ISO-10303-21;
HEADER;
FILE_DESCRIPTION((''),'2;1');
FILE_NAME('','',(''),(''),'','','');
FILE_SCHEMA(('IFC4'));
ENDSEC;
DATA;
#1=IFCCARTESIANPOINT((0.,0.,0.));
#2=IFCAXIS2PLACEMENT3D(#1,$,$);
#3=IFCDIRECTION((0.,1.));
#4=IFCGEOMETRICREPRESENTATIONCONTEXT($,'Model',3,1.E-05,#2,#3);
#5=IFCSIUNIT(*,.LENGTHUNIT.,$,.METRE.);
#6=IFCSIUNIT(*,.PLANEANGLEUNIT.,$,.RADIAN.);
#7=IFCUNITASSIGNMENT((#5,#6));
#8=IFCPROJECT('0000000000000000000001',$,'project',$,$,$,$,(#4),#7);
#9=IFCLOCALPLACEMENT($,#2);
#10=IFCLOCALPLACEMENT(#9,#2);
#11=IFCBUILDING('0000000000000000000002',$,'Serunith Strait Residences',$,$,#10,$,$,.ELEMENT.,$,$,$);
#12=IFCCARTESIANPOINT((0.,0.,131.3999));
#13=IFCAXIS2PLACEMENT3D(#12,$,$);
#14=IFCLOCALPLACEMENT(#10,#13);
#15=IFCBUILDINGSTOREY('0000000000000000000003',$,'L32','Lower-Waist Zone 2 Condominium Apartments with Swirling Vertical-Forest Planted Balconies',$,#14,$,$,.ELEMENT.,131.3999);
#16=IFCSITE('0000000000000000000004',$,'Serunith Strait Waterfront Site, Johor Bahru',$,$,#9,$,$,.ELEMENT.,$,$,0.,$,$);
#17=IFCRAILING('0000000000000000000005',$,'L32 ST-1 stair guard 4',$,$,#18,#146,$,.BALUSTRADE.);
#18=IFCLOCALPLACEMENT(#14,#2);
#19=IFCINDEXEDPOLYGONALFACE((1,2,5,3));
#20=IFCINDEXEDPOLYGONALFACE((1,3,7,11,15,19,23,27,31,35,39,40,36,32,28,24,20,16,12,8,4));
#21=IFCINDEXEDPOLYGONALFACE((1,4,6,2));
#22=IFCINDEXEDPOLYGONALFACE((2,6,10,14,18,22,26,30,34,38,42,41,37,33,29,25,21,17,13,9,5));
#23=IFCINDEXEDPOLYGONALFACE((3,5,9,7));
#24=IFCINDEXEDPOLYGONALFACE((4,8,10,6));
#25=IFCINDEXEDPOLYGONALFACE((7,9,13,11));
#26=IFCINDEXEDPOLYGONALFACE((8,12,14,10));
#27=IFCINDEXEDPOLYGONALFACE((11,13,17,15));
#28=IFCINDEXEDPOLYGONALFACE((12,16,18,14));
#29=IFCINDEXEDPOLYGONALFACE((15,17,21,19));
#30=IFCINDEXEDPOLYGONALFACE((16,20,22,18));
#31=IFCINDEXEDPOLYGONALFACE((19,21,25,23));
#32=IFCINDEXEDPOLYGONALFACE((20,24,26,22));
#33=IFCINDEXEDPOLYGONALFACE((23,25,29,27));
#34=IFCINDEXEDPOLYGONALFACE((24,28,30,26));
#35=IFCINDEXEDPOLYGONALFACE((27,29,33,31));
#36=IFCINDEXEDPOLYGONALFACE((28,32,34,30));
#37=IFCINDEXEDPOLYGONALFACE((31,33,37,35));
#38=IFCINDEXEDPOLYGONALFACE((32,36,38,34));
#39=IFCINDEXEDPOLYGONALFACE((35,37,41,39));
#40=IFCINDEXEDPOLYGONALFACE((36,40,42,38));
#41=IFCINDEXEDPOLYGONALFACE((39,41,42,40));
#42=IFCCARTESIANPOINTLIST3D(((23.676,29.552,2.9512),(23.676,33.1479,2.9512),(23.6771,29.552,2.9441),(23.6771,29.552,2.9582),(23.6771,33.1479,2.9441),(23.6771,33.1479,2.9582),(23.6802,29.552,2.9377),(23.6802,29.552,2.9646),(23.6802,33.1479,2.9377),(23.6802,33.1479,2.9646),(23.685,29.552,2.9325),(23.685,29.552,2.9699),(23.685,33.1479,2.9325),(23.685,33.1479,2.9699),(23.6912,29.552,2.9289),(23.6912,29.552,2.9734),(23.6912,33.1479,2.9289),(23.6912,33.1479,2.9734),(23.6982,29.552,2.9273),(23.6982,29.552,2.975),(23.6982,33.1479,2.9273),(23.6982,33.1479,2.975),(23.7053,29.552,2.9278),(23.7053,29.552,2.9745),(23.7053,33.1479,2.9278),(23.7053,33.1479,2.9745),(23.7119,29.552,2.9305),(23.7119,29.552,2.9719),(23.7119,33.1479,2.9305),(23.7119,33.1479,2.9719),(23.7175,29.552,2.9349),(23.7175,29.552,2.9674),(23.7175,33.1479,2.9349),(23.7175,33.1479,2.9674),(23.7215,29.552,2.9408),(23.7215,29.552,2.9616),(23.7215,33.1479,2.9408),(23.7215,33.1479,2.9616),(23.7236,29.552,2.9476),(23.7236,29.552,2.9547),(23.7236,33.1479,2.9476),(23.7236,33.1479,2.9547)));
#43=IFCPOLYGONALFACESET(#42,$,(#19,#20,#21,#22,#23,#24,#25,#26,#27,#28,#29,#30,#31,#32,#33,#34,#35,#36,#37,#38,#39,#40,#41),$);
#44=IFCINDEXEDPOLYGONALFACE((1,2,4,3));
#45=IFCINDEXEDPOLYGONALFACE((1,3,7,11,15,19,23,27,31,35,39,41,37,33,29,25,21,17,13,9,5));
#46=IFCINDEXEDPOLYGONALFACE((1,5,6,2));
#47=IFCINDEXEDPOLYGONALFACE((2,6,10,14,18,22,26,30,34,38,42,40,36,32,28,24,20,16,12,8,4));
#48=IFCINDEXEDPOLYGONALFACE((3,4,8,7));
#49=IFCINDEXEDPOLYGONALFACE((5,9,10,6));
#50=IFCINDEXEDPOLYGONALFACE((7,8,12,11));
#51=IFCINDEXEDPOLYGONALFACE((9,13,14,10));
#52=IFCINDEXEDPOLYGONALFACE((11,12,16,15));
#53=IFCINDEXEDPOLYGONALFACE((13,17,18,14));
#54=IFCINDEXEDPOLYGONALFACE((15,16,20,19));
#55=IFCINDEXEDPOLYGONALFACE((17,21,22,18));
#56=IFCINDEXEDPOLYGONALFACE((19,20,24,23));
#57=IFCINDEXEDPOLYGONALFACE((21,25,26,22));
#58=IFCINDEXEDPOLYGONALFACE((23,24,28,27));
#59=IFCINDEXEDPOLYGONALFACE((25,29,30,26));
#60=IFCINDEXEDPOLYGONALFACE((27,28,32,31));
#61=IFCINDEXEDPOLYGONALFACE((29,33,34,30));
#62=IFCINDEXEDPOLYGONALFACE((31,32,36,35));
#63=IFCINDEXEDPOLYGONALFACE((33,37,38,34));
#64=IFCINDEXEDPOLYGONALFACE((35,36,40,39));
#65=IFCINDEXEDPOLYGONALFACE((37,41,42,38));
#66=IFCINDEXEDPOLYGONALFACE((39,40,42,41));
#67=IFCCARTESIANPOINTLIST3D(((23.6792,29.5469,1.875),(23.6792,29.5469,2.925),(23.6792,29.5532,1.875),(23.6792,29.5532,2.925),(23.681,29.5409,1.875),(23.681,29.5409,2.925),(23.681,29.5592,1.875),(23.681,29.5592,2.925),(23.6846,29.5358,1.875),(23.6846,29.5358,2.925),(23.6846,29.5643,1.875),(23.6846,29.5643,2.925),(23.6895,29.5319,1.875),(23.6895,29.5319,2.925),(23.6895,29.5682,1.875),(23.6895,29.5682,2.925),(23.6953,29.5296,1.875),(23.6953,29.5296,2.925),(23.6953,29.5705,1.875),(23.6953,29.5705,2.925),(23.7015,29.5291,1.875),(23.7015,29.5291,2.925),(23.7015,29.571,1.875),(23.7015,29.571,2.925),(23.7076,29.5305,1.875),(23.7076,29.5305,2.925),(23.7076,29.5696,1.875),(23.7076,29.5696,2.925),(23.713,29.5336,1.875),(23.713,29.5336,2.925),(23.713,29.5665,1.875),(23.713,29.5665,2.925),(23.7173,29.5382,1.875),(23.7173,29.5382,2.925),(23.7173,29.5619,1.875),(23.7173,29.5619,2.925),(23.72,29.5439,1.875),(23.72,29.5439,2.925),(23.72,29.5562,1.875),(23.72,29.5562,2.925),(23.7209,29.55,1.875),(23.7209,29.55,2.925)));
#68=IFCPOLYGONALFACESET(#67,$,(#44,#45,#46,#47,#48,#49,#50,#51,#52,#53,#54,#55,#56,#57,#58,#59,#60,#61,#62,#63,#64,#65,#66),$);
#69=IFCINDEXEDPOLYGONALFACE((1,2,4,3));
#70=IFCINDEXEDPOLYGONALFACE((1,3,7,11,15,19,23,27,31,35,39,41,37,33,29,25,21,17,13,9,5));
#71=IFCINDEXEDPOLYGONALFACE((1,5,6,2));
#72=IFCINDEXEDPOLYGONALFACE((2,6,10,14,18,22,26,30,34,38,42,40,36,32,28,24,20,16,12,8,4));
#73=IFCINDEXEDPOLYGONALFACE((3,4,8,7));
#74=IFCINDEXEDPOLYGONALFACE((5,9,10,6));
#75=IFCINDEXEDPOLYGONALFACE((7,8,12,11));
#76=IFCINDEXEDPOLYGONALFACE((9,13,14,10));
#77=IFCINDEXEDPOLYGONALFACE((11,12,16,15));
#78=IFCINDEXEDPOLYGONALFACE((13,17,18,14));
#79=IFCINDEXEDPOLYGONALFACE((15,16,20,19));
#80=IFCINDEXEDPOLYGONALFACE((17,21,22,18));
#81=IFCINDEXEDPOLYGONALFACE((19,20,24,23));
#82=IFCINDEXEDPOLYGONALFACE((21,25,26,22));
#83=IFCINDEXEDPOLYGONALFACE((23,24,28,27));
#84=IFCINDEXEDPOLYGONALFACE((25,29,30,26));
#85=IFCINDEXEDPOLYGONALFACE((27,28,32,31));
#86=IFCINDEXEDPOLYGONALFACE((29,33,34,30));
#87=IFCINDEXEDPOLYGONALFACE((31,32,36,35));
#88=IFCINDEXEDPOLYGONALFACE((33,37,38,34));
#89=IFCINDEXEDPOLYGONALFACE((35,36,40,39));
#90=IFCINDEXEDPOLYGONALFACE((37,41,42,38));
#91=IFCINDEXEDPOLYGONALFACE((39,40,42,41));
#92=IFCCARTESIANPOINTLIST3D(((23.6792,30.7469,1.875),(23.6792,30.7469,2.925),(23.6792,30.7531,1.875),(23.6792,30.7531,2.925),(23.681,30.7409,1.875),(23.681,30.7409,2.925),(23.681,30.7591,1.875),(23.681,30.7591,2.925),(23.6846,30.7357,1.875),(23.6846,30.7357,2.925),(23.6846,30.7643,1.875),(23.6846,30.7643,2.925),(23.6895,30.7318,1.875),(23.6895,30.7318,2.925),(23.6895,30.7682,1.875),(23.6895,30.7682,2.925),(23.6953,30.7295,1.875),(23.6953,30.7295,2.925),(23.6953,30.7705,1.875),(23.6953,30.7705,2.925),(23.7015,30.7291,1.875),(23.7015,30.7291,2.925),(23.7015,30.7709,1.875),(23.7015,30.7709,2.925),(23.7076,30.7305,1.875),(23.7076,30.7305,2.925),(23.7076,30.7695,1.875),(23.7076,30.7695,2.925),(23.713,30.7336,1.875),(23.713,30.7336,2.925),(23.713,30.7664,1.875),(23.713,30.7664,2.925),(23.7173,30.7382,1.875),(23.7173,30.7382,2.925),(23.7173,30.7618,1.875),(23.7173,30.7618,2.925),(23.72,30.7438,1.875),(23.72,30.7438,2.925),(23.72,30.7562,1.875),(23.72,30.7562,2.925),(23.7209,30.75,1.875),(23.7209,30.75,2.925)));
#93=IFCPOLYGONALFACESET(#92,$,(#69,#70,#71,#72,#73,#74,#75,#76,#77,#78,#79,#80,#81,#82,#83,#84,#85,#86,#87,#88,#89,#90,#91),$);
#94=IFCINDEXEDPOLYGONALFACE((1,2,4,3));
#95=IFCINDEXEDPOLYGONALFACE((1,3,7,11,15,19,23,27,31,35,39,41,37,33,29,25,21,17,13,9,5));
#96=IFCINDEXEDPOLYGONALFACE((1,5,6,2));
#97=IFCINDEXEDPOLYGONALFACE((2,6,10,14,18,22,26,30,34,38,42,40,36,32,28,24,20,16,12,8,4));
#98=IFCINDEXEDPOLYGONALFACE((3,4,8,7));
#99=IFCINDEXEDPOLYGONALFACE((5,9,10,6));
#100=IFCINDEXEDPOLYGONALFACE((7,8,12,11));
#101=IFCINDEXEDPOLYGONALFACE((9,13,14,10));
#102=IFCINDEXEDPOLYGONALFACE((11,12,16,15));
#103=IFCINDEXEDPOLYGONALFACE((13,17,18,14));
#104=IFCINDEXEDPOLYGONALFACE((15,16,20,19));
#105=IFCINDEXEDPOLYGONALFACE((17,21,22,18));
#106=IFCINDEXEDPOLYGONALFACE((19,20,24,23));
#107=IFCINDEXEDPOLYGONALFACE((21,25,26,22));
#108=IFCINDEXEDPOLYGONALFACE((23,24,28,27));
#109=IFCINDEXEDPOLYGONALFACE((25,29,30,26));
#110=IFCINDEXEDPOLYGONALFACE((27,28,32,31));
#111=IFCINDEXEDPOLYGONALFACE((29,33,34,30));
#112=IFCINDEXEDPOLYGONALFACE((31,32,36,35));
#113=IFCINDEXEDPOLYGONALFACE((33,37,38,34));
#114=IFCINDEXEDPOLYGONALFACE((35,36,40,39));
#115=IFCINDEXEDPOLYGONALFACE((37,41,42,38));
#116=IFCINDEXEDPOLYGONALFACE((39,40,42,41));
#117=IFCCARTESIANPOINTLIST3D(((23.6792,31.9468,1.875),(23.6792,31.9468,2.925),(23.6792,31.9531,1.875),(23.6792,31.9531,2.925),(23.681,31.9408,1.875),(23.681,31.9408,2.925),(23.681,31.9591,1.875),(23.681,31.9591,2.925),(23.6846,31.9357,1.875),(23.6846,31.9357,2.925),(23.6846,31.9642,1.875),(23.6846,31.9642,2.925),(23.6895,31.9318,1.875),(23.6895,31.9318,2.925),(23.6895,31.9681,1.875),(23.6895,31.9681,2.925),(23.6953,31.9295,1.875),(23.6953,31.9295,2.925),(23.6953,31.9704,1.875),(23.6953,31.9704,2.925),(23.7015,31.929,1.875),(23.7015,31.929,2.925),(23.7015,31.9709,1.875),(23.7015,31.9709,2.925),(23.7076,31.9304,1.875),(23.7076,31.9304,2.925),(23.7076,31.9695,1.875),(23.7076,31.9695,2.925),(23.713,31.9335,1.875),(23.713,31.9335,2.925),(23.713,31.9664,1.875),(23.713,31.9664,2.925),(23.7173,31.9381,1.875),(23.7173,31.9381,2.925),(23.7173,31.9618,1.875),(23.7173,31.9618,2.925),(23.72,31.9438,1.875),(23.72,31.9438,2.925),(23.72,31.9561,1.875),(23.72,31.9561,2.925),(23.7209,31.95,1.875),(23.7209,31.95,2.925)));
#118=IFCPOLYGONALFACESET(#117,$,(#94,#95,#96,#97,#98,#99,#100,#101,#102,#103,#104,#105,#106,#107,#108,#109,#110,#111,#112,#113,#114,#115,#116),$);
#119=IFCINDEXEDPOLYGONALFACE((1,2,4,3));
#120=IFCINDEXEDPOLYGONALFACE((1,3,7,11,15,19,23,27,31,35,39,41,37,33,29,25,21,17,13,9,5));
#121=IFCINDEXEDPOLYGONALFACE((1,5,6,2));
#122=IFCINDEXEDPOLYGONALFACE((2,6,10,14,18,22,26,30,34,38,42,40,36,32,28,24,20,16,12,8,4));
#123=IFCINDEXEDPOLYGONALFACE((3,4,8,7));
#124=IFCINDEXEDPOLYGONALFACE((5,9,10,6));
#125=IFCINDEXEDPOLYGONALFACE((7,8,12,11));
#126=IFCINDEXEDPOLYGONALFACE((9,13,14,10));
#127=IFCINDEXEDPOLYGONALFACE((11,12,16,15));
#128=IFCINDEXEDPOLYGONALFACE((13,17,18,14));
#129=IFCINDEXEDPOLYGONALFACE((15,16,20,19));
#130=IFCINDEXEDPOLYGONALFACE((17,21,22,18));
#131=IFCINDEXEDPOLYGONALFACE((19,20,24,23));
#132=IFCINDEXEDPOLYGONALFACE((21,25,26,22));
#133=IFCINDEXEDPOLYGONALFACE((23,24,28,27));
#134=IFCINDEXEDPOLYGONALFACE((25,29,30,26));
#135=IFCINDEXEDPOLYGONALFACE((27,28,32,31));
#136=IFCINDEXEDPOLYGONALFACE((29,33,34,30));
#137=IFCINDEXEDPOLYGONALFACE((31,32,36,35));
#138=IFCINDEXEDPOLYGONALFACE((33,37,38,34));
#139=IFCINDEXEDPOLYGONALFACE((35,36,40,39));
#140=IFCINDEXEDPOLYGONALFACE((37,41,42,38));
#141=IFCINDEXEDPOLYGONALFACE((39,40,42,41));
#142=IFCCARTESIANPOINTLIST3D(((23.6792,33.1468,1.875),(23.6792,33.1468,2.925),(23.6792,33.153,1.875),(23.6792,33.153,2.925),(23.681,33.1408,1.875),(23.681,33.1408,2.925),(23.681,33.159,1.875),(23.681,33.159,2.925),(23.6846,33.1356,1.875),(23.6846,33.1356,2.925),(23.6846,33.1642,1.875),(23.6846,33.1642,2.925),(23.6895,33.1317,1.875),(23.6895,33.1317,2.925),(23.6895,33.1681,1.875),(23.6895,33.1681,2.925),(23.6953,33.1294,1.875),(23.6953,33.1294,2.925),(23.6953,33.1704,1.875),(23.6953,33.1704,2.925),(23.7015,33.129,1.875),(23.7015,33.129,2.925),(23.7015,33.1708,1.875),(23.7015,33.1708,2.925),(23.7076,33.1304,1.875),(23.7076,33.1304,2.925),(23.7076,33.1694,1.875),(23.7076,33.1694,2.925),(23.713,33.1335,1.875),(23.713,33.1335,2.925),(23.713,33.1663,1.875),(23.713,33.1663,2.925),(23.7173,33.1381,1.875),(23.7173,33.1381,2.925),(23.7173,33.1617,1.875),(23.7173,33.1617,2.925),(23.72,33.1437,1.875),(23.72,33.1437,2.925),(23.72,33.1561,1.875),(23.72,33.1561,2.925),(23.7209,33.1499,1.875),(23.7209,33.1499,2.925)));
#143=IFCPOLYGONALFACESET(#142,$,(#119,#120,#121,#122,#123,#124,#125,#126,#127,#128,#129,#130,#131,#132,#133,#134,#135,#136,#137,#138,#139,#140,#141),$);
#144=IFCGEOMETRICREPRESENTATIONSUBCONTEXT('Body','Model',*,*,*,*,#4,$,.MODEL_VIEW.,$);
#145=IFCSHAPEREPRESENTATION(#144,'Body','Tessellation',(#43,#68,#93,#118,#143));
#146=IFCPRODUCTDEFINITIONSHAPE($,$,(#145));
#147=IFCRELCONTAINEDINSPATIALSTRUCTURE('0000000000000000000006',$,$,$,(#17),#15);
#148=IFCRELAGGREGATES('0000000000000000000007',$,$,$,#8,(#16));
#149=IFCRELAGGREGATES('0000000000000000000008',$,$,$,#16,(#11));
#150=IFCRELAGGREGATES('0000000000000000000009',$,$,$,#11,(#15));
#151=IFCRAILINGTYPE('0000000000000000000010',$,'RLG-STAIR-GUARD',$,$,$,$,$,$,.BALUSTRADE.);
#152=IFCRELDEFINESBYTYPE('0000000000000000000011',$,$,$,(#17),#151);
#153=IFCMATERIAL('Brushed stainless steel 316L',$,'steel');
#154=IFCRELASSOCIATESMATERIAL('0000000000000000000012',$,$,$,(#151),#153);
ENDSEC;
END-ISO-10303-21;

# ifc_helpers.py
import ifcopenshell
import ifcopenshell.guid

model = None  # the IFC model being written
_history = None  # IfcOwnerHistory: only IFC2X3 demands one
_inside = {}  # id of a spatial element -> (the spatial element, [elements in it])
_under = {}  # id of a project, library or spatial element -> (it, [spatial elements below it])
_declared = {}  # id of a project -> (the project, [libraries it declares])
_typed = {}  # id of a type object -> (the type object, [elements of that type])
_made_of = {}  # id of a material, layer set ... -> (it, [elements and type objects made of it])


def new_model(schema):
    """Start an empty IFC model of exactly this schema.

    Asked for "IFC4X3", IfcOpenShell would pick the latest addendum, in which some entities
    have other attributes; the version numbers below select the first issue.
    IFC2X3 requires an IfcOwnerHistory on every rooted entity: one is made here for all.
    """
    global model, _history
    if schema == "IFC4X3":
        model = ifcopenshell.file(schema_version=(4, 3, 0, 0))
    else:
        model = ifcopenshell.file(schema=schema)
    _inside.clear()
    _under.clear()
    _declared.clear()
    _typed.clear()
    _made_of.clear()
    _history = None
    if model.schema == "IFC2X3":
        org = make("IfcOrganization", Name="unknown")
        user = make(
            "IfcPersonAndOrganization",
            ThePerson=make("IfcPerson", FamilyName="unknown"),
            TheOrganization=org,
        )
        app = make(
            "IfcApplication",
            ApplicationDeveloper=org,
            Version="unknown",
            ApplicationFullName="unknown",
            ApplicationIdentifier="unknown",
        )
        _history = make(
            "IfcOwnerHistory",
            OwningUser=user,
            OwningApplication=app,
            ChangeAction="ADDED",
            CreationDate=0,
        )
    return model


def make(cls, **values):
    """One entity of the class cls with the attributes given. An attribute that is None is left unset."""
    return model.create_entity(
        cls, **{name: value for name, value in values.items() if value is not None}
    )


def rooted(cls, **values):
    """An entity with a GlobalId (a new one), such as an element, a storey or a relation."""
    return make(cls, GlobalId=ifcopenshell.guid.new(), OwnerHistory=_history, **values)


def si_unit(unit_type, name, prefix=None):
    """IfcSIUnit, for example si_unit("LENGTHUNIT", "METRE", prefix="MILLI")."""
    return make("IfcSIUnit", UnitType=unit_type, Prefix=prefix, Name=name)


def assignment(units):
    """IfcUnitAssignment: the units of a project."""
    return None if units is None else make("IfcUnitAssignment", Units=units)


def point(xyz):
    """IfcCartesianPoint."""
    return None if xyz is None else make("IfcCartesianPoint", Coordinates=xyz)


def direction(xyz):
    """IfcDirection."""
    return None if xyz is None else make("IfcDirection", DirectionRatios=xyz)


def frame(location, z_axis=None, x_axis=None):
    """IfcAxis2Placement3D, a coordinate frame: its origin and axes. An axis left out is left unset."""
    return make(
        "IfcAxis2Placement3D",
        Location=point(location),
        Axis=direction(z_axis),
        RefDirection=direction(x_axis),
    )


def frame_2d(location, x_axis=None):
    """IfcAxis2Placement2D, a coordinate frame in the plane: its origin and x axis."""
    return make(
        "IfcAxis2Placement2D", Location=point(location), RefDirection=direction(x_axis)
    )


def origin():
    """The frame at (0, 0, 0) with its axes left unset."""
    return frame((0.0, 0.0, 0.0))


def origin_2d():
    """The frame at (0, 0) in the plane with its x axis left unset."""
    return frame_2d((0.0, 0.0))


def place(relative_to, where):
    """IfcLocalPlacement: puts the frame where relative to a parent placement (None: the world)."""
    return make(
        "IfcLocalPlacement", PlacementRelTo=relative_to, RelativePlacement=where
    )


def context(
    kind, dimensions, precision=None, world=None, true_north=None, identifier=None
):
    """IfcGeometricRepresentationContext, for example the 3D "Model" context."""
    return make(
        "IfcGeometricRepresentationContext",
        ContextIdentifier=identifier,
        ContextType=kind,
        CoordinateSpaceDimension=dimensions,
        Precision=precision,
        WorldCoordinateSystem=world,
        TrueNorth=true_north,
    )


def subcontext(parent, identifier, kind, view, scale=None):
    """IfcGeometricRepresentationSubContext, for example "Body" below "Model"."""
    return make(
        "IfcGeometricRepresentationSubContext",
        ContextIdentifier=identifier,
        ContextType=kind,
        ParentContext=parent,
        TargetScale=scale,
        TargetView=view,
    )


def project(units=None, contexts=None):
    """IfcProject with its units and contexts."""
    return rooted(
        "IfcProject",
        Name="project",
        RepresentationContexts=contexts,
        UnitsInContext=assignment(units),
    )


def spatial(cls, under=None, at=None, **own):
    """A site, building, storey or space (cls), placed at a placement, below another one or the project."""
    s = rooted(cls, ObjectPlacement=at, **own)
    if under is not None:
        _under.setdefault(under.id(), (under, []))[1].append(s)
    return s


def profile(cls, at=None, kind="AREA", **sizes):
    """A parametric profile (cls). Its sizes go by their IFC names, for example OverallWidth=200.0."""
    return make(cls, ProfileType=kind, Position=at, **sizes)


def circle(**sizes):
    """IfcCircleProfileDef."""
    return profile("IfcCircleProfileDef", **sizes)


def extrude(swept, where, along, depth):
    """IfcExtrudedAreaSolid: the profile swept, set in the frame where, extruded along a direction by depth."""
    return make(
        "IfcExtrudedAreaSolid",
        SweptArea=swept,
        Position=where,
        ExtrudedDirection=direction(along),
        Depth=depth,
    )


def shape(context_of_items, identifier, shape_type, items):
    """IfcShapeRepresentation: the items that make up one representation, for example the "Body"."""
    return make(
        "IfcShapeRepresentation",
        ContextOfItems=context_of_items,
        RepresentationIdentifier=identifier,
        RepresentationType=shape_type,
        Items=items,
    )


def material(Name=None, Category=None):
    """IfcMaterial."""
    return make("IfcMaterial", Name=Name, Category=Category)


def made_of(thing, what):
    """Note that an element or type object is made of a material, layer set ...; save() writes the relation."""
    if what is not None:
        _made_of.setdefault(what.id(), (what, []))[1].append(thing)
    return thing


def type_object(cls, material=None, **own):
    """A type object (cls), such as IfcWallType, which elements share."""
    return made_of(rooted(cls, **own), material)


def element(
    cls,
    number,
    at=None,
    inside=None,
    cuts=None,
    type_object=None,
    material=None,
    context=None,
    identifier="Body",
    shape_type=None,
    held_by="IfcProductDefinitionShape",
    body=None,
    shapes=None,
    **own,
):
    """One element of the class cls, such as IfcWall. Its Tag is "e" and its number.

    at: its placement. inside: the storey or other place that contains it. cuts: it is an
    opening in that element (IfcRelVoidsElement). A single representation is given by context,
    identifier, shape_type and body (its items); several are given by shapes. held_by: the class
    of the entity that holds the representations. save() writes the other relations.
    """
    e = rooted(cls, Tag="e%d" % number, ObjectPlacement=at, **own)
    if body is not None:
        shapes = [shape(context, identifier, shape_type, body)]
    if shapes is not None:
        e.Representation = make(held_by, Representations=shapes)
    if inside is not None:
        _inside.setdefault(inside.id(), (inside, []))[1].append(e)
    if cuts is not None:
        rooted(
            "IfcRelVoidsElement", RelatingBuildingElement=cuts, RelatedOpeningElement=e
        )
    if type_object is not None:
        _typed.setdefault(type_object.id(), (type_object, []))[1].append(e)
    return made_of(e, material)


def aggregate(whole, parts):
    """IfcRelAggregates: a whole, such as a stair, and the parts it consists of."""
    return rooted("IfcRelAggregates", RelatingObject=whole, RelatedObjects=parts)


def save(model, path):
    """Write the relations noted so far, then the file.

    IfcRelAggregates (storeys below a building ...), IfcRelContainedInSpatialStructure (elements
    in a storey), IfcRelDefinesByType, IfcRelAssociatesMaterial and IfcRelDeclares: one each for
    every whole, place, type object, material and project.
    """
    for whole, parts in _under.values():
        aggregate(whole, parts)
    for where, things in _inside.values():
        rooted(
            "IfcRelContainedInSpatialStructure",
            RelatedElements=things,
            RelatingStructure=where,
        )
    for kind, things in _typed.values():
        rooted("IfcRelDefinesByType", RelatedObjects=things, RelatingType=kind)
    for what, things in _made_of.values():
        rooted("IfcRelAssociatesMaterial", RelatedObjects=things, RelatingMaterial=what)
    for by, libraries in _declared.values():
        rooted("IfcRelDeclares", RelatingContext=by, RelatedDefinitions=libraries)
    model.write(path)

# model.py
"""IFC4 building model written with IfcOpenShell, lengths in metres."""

from ifc_helpers import new_model, si_unit, direction, frame, origin, origin_2d, place, context, subcontext, project, spatial, circle, extrude, material, type_object, element, save


model = new_model("IFC4")

# Units and contexts
model_context = context("Model", 3, precision=1e-05, world=origin(), true_north=direction((0.0, 1.0)))
body_context = subcontext(model_context, "Body", "Model", "MODEL_VIEW")
ifc_project = project(units=[si_unit("LENGTHUNIT", "METRE"), si_unit("PLANEANGLEUNIT", "RADIAN")], contexts=[model_context])

# Site, building, storey
site_placement = place(None, origin())
site = spatial("IfcSite", under=ifc_project, at=site_placement, Name="Serunith Strait Waterfront Site, Johor Bahru", CompositionType="ELEMENT", RefElevation=0.0)
building_placement = place(site_placement, origin())
building = spatial("IfcBuilding", under=site, at=building_placement, Name="Serunith Strait Residences", CompositionType="ELEMENT")
storey_placement = place(building_placement, frame((0.0, 0.0, 131.3999)))
storey = spatial("IfcBuildingStorey", under=building, at=storey_placement, Name="L32", Description="Lower-Waist Zone 2 Condominium Apartments with Swirling Vertical-Forest Planted Balconies", CompositionType="ELEMENT", Elevation=131.3999)

# Railing
ifc_material_1 = material(Name="Brushed stainless steel 316L", Category="steel")
railing_type_1 = type_object("IfcRailingType", Name="RLG-STAIR-GUARD", PredefinedType="BALUSTRADE", material=ifc_material_1)
for number, where, name in (
    (1, (23.7, 29.55, 1.875), "L32 ST-1 stair guard 4"),
):
    element("IfcRailing", number, at=place(storey_placement, frame(where)), inside=storey, type_object=railing_type_1, Name=name, PredefinedType="BALUSTRADE", context=body_context, shape_type="SweptSolid", body=[
        extrude(circle(Radius=0.0239, at=origin_2d()), frame((0.0, 0.002, 1.0762), z_axis=(0.0, 1.0, 0.0), x_axis=(-1.0, 0.0, 0.0)), (0.0, 0.0, 1.0), 3.5959),
        extrude(circle(Radius=0.021, at=origin_2d()), origin(), (0.0, 0.0, 1.0), 1.05),
        extrude(circle(Radius=0.021, at=origin_2d()), frame((0.0, 1.2, 0.0)), (0.0, 0.0, 1.0), 1.05),
        extrude(circle(Radius=0.021, at=origin_2d()), frame((0.0, 2.3999, 0.0)), (0.0, 0.0, 1.0), 1.05),
        extrude(circle(Radius=0.021, at=origin_2d()), frame((0.0, 3.5999, 0.0)), (0.0, 0.0, 1.0), 1.05),
    ])

save(model, "model.ifc")
